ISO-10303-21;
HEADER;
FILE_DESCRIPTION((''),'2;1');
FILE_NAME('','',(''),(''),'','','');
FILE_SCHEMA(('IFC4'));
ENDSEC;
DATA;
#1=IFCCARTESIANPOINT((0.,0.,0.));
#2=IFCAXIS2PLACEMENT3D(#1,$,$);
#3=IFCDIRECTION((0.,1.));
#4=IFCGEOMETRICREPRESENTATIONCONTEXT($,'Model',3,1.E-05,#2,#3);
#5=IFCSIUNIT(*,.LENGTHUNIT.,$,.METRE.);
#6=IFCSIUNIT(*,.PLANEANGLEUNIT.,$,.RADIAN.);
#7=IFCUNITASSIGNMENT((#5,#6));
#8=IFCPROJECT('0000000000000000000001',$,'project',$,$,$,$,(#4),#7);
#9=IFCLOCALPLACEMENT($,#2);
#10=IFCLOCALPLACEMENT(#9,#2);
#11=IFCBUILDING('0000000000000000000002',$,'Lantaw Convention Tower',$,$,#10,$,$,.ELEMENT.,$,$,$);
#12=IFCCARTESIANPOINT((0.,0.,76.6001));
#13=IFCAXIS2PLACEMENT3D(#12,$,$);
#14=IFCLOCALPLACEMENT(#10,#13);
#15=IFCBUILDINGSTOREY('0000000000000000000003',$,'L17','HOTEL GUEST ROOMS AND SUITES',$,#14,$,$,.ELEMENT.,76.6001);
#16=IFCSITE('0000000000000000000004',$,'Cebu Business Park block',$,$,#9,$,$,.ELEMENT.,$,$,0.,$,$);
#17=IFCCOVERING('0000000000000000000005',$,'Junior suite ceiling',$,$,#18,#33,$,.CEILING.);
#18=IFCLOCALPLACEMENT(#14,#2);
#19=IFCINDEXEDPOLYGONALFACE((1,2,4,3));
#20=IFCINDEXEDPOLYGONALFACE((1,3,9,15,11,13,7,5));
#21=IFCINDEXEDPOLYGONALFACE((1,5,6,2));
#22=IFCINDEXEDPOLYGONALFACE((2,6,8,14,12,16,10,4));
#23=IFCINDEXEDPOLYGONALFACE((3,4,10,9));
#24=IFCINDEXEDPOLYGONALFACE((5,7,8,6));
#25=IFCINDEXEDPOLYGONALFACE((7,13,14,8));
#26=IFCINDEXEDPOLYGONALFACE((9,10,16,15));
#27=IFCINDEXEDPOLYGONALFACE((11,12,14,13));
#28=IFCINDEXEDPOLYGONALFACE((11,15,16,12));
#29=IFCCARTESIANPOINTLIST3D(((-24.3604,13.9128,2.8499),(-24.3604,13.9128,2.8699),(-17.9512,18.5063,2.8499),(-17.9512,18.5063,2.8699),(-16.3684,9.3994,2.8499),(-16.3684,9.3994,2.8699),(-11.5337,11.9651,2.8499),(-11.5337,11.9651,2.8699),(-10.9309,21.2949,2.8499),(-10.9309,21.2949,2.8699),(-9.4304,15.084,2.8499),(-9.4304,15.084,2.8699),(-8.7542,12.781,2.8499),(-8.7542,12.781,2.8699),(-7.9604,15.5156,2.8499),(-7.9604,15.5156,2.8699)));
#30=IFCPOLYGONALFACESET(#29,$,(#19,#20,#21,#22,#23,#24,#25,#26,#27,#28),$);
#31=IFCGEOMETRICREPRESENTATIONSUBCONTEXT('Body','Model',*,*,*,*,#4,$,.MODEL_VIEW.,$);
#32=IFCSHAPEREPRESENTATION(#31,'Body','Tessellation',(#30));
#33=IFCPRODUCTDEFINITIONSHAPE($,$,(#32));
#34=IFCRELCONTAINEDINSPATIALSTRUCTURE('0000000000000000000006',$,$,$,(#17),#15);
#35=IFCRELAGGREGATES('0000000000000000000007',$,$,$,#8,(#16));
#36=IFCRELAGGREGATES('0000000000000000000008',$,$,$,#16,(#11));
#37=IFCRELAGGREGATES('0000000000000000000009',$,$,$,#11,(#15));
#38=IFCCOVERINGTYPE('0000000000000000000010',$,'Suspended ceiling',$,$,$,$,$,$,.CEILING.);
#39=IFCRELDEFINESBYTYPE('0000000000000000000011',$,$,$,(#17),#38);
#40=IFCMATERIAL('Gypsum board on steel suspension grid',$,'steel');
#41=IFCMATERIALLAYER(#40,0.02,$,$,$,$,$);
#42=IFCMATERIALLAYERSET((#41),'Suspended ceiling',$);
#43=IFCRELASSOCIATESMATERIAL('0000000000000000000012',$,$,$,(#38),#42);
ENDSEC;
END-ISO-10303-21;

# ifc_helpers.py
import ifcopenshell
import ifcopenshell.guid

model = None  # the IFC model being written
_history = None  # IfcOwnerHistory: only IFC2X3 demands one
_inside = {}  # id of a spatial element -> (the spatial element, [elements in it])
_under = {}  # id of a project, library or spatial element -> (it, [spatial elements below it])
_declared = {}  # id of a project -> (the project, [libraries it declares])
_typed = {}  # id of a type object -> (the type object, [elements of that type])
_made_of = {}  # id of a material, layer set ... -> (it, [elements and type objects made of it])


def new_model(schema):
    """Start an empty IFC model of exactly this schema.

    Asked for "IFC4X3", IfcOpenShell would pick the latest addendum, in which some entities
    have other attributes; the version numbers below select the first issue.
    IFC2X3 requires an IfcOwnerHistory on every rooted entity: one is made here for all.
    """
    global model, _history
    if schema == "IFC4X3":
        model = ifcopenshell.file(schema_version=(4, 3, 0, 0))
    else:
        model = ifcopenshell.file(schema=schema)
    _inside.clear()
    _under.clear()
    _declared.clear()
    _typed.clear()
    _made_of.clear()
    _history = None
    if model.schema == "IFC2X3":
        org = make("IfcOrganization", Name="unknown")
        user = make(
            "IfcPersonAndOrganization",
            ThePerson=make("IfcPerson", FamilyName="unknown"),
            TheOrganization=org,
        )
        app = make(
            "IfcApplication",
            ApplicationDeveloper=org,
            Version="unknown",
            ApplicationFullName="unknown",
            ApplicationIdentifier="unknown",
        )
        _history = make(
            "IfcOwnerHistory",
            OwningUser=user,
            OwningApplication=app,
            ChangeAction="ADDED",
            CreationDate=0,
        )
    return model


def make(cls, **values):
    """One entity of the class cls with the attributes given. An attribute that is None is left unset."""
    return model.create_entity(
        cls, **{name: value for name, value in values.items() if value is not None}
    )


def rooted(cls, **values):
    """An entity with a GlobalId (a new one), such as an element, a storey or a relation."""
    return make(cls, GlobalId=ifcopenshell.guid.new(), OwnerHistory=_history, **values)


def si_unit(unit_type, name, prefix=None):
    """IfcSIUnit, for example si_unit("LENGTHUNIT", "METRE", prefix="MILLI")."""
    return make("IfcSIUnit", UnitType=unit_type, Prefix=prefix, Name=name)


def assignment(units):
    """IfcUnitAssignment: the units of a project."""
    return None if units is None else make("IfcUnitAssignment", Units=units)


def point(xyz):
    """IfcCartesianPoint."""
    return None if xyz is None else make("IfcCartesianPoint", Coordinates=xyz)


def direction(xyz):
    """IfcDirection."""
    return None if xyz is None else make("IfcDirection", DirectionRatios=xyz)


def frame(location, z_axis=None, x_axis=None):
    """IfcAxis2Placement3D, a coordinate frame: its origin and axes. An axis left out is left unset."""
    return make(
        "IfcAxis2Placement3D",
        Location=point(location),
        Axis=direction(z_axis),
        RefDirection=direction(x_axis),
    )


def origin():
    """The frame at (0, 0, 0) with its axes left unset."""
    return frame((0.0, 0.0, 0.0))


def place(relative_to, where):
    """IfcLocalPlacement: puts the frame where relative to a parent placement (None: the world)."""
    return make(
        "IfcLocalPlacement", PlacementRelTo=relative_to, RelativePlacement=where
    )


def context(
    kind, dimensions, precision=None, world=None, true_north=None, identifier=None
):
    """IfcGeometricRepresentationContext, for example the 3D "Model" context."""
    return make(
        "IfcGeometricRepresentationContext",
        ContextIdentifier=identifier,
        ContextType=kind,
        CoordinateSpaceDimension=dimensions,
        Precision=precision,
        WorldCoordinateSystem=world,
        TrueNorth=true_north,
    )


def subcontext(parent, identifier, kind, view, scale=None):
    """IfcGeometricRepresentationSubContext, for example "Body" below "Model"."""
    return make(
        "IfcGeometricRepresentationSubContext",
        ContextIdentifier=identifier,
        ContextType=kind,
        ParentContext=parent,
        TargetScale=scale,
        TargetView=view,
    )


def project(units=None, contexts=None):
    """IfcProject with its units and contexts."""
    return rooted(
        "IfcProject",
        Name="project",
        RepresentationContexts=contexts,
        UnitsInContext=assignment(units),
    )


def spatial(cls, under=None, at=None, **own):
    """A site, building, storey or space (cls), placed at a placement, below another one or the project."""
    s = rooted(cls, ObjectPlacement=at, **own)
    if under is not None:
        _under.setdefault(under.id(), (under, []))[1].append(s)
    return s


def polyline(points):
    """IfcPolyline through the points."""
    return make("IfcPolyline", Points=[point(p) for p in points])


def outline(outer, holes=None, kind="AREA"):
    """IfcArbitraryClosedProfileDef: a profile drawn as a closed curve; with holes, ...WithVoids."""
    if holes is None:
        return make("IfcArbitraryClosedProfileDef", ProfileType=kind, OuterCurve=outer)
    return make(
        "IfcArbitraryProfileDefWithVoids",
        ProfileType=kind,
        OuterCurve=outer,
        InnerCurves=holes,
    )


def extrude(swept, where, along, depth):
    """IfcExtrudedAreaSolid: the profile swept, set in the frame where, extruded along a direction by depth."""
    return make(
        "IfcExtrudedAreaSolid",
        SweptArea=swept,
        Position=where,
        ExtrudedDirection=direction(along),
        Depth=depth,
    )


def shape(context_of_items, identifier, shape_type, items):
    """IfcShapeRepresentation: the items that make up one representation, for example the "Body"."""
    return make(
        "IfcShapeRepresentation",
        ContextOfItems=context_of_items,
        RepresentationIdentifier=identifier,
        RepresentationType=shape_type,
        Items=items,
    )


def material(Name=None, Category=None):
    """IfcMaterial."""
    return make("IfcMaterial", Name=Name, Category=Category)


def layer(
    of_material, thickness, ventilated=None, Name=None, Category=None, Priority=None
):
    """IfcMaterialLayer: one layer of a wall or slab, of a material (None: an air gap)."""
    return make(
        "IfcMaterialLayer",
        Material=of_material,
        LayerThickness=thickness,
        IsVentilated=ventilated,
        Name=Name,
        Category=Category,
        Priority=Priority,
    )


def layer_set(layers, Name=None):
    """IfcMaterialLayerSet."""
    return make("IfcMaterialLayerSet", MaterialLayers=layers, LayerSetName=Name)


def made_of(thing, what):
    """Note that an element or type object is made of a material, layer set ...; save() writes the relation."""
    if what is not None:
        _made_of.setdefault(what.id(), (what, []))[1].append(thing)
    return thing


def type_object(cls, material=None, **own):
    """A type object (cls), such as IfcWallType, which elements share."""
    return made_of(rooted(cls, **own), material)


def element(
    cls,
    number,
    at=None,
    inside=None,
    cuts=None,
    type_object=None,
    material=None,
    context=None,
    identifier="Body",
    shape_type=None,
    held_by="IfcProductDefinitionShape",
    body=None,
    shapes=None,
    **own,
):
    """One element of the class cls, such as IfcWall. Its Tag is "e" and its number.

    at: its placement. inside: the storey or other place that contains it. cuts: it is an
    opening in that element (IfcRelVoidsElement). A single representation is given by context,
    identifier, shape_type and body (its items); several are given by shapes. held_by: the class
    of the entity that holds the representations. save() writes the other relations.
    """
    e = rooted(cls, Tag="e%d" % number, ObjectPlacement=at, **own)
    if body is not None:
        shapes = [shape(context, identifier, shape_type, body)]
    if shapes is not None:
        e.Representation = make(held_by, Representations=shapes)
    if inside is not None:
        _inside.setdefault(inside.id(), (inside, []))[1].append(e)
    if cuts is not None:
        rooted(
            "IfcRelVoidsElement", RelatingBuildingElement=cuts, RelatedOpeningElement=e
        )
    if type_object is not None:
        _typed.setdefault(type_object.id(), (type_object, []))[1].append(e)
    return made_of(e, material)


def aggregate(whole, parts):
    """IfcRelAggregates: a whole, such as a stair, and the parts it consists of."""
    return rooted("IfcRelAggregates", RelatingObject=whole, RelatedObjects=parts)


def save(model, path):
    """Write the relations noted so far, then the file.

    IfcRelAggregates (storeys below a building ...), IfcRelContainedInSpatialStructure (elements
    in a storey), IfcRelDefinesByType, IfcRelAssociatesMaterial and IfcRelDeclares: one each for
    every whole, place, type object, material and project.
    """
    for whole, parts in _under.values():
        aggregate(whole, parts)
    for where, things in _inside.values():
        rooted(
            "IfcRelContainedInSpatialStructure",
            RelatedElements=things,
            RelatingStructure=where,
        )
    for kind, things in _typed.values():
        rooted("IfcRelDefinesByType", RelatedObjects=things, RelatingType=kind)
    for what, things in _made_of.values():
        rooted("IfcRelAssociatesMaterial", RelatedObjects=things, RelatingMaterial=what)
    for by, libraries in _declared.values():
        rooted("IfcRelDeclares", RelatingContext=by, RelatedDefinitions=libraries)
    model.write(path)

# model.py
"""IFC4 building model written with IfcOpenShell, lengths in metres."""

from ifc_helpers import new_model, si_unit, direction, frame, origin, place, context, subcontext, project, spatial, polyline, outline, extrude, material, layer, layer_set, type_object, element, save


model = new_model("IFC4")

# Units and contexts
model_context = context("Model", 3, precision=1e-05, world=origin(), true_north=direction((0.0, 1.0)))
body_context = subcontext(model_context, "Body", "Model", "MODEL_VIEW")
ifc_project = project(units=[si_unit("LENGTHUNIT", "METRE"), si_unit("PLANEANGLEUNIT", "RADIAN")], contexts=[model_context])

# Site, building, storey
site_placement = place(None, origin())
site = spatial("IfcSite", under=ifc_project, at=site_placement, Name="Cebu Business Park block", CompositionType="ELEMENT", RefElevation=0.0)
building_placement = place(site_placement, origin())
building = spatial("IfcBuilding", under=site, at=building_placement, Name="Lantaw Convention Tower", CompositionType="ELEMENT")
storey_placement = place(building_placement, frame((0.0, 0.0, 76.6001)))
storey = spatial("IfcBuildingStorey", under=building, at=storey_placement, Name="L17", Description="HOTEL GUEST ROOMS AND SUITES", CompositionType="ELEMENT", Elevation=76.6001)

# Covering
ifc_material_1 = material(Name="Gypsum board on steel suspension grid", Category="steel")
ifc_layer_1 = layer(ifc_material_1, 0.02)
ifc_layer_set_1 = layer_set([ifc_layer_1], Name="Suspended ceiling")
covering_type = type_object("IfcCoveringType", Name="Suspended ceiling", PredefinedType="CEILING", material=ifc_layer_set_1)
covering_1_placement = place(storey_placement, frame((0.0, 0.0, 2.8499)))
element("IfcCovering", 1, at=covering_1_placement, inside=storey, type_object=covering_type, Name="Junior suite ceiling", PredefinedType="CEILING", context=body_context, shape_type="SweptSolid", body=[
    extrude(outline(polyline([(-11.5337, 11.9651), (-8.7542, 12.781), (-9.4304, 15.084), (-7.9604, 15.5156), (-10.9309, 21.2949), (-17.9512, 18.5063), (-24.3604, 13.9128), (-16.3684, 9.3994), (-11.5337, 11.9651)])), origin(), (0.0, 0.0, 1.0), 0.02),
])

save(model, "model.ifc")
